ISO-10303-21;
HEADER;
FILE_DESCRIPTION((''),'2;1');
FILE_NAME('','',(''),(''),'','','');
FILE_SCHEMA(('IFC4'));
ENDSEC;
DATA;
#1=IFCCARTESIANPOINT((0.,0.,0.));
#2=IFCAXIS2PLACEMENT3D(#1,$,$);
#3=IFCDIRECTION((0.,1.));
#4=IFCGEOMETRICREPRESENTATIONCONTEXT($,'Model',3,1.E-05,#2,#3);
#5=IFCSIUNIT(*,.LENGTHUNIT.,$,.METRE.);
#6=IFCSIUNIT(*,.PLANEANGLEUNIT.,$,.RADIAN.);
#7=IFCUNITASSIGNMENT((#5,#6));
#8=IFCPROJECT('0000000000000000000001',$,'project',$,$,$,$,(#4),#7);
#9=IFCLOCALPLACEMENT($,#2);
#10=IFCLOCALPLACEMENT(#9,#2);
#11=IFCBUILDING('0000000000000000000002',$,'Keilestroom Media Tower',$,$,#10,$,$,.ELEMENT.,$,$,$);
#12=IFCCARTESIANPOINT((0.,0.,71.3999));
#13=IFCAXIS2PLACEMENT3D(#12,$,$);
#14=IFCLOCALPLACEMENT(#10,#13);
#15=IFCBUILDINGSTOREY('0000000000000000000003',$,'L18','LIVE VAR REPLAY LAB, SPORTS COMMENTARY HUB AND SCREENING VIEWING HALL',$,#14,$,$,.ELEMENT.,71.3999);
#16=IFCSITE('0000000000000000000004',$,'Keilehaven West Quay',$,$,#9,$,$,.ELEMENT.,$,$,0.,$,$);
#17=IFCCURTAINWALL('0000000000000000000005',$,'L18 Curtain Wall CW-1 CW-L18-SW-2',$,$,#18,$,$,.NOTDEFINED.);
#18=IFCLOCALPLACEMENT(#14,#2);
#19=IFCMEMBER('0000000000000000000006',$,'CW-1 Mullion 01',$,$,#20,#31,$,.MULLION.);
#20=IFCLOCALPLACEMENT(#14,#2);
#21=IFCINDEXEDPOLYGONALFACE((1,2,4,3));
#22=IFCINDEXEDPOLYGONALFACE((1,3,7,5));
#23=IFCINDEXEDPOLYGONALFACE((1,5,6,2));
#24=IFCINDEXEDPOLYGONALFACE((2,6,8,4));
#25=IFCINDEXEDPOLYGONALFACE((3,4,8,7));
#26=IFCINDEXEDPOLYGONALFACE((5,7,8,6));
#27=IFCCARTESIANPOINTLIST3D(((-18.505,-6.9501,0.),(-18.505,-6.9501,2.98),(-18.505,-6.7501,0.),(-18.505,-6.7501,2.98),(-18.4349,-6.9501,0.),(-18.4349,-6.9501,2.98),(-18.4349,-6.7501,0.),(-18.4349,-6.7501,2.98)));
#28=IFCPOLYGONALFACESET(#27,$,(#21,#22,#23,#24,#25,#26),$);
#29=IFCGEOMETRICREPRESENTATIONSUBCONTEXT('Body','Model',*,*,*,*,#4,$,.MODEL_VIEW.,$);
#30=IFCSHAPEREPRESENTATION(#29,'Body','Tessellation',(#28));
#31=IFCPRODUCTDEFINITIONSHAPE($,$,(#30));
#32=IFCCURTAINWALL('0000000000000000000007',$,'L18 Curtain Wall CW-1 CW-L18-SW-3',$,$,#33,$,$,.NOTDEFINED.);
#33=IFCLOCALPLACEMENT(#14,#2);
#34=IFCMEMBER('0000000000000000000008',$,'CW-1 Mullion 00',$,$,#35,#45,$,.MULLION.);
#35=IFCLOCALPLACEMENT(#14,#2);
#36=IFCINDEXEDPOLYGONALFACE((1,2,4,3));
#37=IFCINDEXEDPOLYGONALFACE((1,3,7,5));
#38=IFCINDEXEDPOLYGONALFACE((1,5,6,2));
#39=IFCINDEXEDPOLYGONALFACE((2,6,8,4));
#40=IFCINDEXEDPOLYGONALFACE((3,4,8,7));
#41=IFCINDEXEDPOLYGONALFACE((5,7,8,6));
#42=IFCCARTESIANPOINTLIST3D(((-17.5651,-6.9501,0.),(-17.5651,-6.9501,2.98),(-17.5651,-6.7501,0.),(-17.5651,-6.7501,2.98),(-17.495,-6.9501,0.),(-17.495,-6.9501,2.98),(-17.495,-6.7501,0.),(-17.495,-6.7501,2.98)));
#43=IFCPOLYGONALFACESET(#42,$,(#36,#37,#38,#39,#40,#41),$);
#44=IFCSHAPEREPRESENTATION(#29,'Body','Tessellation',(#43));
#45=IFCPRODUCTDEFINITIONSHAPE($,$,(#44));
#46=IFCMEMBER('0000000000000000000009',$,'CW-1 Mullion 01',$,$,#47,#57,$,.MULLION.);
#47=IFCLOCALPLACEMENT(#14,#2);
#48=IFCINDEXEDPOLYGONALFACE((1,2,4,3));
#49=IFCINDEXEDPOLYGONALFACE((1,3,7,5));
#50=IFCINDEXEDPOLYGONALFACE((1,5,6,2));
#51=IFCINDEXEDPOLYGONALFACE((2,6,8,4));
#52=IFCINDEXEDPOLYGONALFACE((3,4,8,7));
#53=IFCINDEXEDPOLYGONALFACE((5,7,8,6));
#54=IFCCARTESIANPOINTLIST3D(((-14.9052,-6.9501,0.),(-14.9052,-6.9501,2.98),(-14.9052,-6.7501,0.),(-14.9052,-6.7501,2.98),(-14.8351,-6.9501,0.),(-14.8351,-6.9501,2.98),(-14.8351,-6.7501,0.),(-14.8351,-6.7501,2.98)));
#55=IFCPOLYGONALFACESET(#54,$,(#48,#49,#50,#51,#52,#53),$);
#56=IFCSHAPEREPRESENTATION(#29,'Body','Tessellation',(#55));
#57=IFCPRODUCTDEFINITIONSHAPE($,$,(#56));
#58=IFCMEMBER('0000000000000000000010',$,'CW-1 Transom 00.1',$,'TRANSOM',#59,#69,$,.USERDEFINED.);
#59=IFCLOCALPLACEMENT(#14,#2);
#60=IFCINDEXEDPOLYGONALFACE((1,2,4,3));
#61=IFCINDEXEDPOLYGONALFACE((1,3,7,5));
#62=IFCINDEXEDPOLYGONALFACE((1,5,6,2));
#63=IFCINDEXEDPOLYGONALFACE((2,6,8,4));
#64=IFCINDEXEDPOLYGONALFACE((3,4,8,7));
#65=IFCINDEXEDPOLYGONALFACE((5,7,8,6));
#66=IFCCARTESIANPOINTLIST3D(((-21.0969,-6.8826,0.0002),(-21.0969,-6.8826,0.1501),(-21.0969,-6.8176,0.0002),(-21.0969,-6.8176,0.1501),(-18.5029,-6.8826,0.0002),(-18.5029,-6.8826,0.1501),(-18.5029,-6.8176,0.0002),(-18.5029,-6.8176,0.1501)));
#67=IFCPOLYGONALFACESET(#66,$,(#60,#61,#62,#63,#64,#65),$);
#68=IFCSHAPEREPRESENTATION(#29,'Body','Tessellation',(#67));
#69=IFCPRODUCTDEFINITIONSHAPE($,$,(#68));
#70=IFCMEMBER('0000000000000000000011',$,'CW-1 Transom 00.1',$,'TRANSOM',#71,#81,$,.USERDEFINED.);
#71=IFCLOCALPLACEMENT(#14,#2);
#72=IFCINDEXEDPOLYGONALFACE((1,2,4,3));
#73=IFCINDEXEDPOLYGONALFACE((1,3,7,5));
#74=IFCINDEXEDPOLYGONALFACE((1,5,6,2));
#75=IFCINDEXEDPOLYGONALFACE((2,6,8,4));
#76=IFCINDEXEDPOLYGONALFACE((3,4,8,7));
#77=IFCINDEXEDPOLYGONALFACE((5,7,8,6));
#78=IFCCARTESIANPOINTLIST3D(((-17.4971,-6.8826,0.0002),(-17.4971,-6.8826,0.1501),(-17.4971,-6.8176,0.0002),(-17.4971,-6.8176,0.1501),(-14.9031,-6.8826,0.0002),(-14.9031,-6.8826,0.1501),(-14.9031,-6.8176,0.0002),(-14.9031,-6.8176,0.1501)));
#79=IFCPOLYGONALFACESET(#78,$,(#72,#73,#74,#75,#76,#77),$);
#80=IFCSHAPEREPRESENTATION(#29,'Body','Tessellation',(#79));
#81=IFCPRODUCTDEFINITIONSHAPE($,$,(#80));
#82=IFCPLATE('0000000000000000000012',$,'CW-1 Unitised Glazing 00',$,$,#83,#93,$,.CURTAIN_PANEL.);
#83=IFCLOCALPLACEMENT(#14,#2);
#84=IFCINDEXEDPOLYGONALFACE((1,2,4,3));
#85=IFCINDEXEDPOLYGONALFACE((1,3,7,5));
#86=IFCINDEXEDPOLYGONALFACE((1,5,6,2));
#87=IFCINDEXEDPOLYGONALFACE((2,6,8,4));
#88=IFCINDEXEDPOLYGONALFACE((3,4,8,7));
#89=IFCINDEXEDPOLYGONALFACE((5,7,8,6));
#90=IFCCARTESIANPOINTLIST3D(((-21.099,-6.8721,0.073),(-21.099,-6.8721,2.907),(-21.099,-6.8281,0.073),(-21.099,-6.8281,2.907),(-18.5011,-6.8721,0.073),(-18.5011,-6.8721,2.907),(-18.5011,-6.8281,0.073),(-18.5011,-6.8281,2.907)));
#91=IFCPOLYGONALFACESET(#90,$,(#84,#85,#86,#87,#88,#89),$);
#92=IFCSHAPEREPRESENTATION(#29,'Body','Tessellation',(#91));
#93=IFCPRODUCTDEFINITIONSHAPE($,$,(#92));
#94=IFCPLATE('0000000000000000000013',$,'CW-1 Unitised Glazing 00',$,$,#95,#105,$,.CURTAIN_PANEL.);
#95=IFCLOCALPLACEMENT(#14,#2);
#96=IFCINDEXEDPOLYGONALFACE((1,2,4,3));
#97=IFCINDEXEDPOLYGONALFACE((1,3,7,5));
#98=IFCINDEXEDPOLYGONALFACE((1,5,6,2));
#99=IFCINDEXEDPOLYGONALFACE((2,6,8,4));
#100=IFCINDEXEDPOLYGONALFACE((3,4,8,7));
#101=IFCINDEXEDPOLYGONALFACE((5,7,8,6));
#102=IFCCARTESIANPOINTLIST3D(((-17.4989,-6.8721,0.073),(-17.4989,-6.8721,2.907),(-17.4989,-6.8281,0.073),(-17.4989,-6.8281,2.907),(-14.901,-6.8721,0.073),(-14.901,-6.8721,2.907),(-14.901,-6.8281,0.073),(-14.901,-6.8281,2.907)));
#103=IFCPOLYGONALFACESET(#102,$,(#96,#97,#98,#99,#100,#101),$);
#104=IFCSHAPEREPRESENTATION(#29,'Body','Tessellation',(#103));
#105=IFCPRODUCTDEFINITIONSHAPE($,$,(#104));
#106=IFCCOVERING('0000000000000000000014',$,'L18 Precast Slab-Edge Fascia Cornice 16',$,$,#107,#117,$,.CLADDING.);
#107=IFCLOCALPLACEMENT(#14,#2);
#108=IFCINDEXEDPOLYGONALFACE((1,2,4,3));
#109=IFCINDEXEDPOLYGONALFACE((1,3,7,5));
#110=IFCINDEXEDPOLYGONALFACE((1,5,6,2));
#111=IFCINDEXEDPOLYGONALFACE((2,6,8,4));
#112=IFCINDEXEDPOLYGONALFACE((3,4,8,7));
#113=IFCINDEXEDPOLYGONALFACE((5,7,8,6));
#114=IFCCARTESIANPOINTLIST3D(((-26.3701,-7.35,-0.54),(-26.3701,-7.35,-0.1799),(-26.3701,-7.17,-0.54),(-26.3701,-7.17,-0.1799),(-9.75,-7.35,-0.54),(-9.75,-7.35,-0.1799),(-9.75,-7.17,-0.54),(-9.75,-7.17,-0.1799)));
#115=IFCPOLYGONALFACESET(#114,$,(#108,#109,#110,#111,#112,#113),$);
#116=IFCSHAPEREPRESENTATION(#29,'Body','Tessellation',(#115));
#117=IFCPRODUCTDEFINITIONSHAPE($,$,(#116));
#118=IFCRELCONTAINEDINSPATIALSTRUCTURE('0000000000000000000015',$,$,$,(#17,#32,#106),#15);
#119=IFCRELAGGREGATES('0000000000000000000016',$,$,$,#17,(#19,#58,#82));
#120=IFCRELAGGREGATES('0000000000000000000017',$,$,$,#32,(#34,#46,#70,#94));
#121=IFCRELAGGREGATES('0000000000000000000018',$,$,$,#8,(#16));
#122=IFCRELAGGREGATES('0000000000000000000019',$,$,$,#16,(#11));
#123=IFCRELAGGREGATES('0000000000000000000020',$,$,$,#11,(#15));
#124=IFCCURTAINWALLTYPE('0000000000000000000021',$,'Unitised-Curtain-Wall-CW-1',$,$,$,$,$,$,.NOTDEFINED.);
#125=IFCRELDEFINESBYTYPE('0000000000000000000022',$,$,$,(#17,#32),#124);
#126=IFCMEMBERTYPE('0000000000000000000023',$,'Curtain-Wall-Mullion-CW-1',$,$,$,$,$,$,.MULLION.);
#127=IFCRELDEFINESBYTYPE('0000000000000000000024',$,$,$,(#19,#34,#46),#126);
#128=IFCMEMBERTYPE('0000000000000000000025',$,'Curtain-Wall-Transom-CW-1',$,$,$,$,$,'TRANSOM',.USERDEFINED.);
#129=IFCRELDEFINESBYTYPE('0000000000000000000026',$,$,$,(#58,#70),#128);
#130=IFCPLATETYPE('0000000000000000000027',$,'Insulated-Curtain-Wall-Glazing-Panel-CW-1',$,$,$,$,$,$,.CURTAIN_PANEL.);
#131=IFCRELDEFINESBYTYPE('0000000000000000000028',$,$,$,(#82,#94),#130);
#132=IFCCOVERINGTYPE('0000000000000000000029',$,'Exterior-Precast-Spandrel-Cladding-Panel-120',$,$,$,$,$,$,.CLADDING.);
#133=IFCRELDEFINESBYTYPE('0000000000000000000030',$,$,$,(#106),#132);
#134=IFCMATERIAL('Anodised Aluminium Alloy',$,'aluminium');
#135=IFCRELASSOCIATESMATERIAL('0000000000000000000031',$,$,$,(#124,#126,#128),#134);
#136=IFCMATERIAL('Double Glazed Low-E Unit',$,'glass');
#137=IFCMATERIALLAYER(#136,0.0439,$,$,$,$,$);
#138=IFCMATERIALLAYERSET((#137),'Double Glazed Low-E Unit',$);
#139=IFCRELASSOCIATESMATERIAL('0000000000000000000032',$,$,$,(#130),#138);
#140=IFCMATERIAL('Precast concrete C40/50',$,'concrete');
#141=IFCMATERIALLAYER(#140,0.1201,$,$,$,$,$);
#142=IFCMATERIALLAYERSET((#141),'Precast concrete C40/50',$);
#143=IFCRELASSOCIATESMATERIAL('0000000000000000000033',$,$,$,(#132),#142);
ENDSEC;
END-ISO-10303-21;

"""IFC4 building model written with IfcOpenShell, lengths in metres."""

from ifc_helpers import new_model, si_unit, direction, frame, origin, origin_2d, place, context, subcontext, project, spatial, rectangle, extrude, source, transform, mapped, material, layer, layer_set, material_profile, profile_set, type_object, element, aggregate, save


model = new_model("IFC4")

# Units and contexts
model_context = context("Model", 3, precision=1e-05, world=origin(), true_north=direction((0.0, 1.0)))
body_context = subcontext(model_context, "Body", "Model", "MODEL_VIEW")
ifc_project = project(units=[si_unit("LENGTHUNIT", "METRE"), si_unit("PLANEANGLEUNIT", "RADIAN")], contexts=[model_context])

# Site, building, storey
site_placement = place(None, origin())
site = spatial("IfcSite", under=ifc_project, at=site_placement, Name="Keilehaven West Quay", CompositionType="ELEMENT", RefElevation=0.0)
building_placement = place(site_placement, origin())
building = spatial("IfcBuilding", under=site, at=building_placement, Name="Keilestroom Media Tower", CompositionType="ELEMENT")
storey_placement = place(building_placement, frame((0.0, 0.0, 71.3999)))
storey = spatial("IfcBuildingStorey", under=building, at=storey_placement, Name="L18", Description="LIVE VAR REPLAY LAB, SPORTS COMMENTARY HUB AND SCREENING VIEWING HALL", CompositionType="ELEMENT", Elevation=71.3999)

# Shared definitions
ifc_material_1 = material(Name="Precast concrete C40/50", Category="concrete")

# Shared definitions
ifc_material_2 = material(Name="Anodised Aluminium Alloy", Category="aluminium")
curtain_wall_type = type_object("IfcCurtainWallType", Name="Unitised-Curtain-Wall-CW-1", PredefinedType="NOTDEFINED", material=ifc_material_2)
ifc_material_profile_1 = material_profile(ifc_material_2, rectangle(XDim=0.0701, YDim=0.2, at=origin_2d()), Name="ALU MULLION 70x200")
ifc_profile_set_1 = profile_set([ifc_material_profile_1], Name="Anodised Aluminium Alloy")
member_type_1 = type_object("IfcMemberType", Name="Curtain-Wall-Mullion-CW-1", PredefinedType="MULLION", material=ifc_profile_set_1)
shared_shape_1 = source(origin(), body_context, "Body", "SweptSolid", [
    extrude(rectangle(XDim=0.0701, YDim=0.2, at=origin_2d()), origin(), (0.0, 0.0, 1.0), 2.98),
])

# Curtain walls, members
curtain_wall_1_placement = place(storey_placement, origin())
curtain_wall_1 = element("IfcCurtainWall", 1, at=curtain_wall_1_placement, inside=storey, type_object=curtain_wall_type, Name="L18 Curtain Wall CW-1 CW-L18-SW-2", PredefinedType="NOTDEFINED")
member_1_placement = place(storey_placement, frame((-18.47, -6.8501, 0.0), z_axis=(0.0, 0.0, 1.0), x_axis=(1.0, 0.0, 0.0)))
member_1 = element("IfcMember", 2, at=member_1_placement, type_object=member_type_1, Name="CW-1 Mullion 01", PredefinedType="MULLION", context=body_context, shape_type="MappedRepresentation", body=[
    mapped(shared_shape_1, transform((0.0, 0.0, 0.0), x_axis=(1.0, 0.0, 0.0), y_axis=(0.0, 1.0, 0.0), z_axis=(0.0, 0.0, 1.0), scale=1.0)),
])
curtain_wall_2_placement = place(storey_placement, origin())
curtain_wall_2 = element("IfcCurtainWall", 3, at=curtain_wall_2_placement, inside=storey, type_object=curtain_wall_type, Name="L18 Curtain Wall CW-1 CW-L18-SW-3", PredefinedType="NOTDEFINED")
member_2_placement = place(storey_placement, frame((-17.53, -6.8501, 0.0), z_axis=(0.0, 0.0, 1.0), x_axis=(1.0, 0.0, 0.0)))
member_2 = element("IfcMember", 4, at=member_2_placement, type_object=member_type_1, Name="CW-1 Mullion 00", PredefinedType="MULLION", context=body_context, shape_type="MappedRepresentation", body=[
    mapped(shared_shape_1, transform((0.0, 0.0, 0.0), x_axis=(1.0, 0.0, 0.0), y_axis=(0.0, 1.0, 0.0), z_axis=(0.0, 0.0, 1.0), scale=1.0)),
])
member_3_placement = place(storey_placement, frame((-14.8701, -6.8501, 0.0), z_axis=(0.0, 0.0, 1.0), x_axis=(1.0, 0.0, 0.0)))
member_3 = element("IfcMember", 5, at=member_3_placement, type_object=member_type_1, Name="CW-1 Mullion 01", PredefinedType="MULLION", context=body_context, shape_type="MappedRepresentation", body=[
    mapped(shared_shape_1, transform((0.0, 0.0, 0.0), x_axis=(1.0, 0.0, 0.0), y_axis=(0.0, 1.0, 0.0), z_axis=(0.0, 0.0, 1.0), scale=1.0)),
])

# Members
ifc_material_profile_2 = material_profile(ifc_material_2, rectangle(XDim=0.0649, YDim=0.1499, at=origin_2d()), Name="ALU TRANSOM 65x150")
ifc_profile_set_2 = profile_set([ifc_material_profile_2], Name="Anodised Aluminium Alloy")
member_type_2 = type_object("IfcMemberType", Name="Curtain-Wall-Transom-CW-1", ElementType="TRANSOM", PredefinedType="USERDEFINED", material=ifc_profile_set_2)
shared_shape_2 = source(origin(), body_context, "Body", "SweptSolid", [
    extrude(rectangle(XDim=0.0649, YDim=0.1499, at=origin_2d()), origin(), (0.0, 0.0, 1.0), 2.594),
])
member_4_placement = place(storey_placement, frame((-21.0969, -6.8501, 0.0752), z_axis=(1.0, 0.0, 0.0), x_axis=(0.0, 1.0, 0.0)))
member_4 = element("IfcMember", 6, at=member_4_placement, type_object=member_type_2, Name="CW-1 Transom 00.1", ObjectType="TRANSOM", PredefinedType="USERDEFINED", context=body_context, shape_type="MappedRepresentation", body=[
    mapped(shared_shape_2, transform((0.0, 0.0, 0.0), x_axis=(1.0, 0.0, 0.0), y_axis=(0.0, 1.0, 0.0), z_axis=(0.0, 0.0, 1.0), scale=1.0)),
])
member_5_placement = place(storey_placement, frame((-17.4971, -6.8501, 0.0752), z_axis=(1.0, 0.0, 0.0), x_axis=(0.0, 1.0, 0.0)))
member_5 = element("IfcMember", 7, at=member_5_placement, type_object=member_type_2, Name="CW-1 Transom 00.1", ObjectType="TRANSOM", PredefinedType="USERDEFINED", context=body_context, shape_type="MappedRepresentation", body=[
    mapped(shared_shape_2, transform((0.0, 0.0, 0.0), x_axis=(1.0, 0.0, 0.0), y_axis=(0.0, 1.0, 0.0), z_axis=(0.0, 0.0, 1.0), scale=1.0)),
])

# Plates
ifc_material_3 = material(Name="Double Glazed Low-E Unit", Category="glass")
ifc_layer_1 = layer(ifc_material_3, 0.0439)
ifc_layer_set_1 = layer_set([ifc_layer_1], Name="Double Glazed Low-E Unit")
plate_type = type_object("IfcPlateType", Name="Insulated-Curtain-Wall-Glazing-Panel-CW-1", PredefinedType="CURTAIN_PANEL", material=ifc_layer_set_1)
shared_shape_3 = source(origin(), body_context, "Body", "SweptSolid", [
    extrude(rectangle(XDim=2.5979, YDim=0.0439, at=origin_2d()), origin(), (0.0, 0.0, 1.0), 2.834),
])
plate_1_placement = place(storey_placement, frame((-19.8, -6.8501, 0.073), z_axis=(0.0, 0.0, 1.0), x_axis=(1.0, 0.0, 0.0)))
plate_1 = element("IfcPlate", 8, at=plate_1_placement, type_object=plate_type, Name="CW-1 Unitised Glazing 00", PredefinedType="CURTAIN_PANEL", context=body_context, shape_type="MappedRepresentation", body=[
    mapped(shared_shape_3, transform((0.0, 0.0, 0.0), x_axis=(1.0, 0.0, 0.0), y_axis=(0.0, 1.0, 0.0), z_axis=(0.0, 0.0, 1.0), scale=1.0)),
])
aggregate(curtain_wall_1, [member_1, member_4, plate_1])
plate_2_placement = place(storey_placement, frame((-16.2, -6.8501, 0.073), z_axis=(0.0, 0.0, 1.0), x_axis=(1.0, 0.0, 0.0)))
plate_2 = element("IfcPlate", 9, at=plate_2_placement, type_object=plate_type, Name="CW-1 Unitised Glazing 00", PredefinedType="CURTAIN_PANEL", context=body_context, shape_type="MappedRepresentation", body=[
    mapped(shared_shape_3, transform((0.0, 0.0, 0.0), x_axis=(1.0, 0.0, 0.0), y_axis=(0.0, 1.0, 0.0), z_axis=(0.0, 0.0, 1.0), scale=1.0)),
])
aggregate(curtain_wall_2, [member_2, member_3, member_5, plate_2])

# Covering
ifc_layer_2 = layer(ifc_material_1, 0.1201)
ifc_layer_set_2 = layer_set([ifc_layer_2], Name="Precast concrete C40/50")
covering_type = type_object("IfcCoveringType", Name="Exterior-Precast-Spandrel-Cladding-Panel-120", PredefinedType="CLADDING", material=ifc_layer_set_2)
shared_shape_4 = source(origin(), body_context, "Body", "SweptSolid", [
    extrude(rectangle(XDim=16.6201, YDim=0.1799, at=origin_2d()), origin(), (0.0, 0.0, 1.0), 0.3601),
])
covering_placement = place(storey_placement, frame((-18.0601, -7.26, -0.54), z_axis=(0.0, 0.0, 1.0), x_axis=(-1.0, 0.0, 0.0)))
element("IfcCovering", 10, at=covering_placement, inside=storey, type_object=covering_type, Name="L18 Precast Slab-Edge Fascia Cornice 16", PredefinedType="CLADDING", context=body_context, shape_type="MappedRepresentation", body=[
    mapped(shared_shape_4, transform((0.0, 0.0, 0.0), x_axis=(1.0, 0.0, 0.0), y_axis=(0.0, 1.0, 0.0), z_axis=(0.0, 0.0, 1.0), scale=1.0)),
])

save(model, "model.ifc")
